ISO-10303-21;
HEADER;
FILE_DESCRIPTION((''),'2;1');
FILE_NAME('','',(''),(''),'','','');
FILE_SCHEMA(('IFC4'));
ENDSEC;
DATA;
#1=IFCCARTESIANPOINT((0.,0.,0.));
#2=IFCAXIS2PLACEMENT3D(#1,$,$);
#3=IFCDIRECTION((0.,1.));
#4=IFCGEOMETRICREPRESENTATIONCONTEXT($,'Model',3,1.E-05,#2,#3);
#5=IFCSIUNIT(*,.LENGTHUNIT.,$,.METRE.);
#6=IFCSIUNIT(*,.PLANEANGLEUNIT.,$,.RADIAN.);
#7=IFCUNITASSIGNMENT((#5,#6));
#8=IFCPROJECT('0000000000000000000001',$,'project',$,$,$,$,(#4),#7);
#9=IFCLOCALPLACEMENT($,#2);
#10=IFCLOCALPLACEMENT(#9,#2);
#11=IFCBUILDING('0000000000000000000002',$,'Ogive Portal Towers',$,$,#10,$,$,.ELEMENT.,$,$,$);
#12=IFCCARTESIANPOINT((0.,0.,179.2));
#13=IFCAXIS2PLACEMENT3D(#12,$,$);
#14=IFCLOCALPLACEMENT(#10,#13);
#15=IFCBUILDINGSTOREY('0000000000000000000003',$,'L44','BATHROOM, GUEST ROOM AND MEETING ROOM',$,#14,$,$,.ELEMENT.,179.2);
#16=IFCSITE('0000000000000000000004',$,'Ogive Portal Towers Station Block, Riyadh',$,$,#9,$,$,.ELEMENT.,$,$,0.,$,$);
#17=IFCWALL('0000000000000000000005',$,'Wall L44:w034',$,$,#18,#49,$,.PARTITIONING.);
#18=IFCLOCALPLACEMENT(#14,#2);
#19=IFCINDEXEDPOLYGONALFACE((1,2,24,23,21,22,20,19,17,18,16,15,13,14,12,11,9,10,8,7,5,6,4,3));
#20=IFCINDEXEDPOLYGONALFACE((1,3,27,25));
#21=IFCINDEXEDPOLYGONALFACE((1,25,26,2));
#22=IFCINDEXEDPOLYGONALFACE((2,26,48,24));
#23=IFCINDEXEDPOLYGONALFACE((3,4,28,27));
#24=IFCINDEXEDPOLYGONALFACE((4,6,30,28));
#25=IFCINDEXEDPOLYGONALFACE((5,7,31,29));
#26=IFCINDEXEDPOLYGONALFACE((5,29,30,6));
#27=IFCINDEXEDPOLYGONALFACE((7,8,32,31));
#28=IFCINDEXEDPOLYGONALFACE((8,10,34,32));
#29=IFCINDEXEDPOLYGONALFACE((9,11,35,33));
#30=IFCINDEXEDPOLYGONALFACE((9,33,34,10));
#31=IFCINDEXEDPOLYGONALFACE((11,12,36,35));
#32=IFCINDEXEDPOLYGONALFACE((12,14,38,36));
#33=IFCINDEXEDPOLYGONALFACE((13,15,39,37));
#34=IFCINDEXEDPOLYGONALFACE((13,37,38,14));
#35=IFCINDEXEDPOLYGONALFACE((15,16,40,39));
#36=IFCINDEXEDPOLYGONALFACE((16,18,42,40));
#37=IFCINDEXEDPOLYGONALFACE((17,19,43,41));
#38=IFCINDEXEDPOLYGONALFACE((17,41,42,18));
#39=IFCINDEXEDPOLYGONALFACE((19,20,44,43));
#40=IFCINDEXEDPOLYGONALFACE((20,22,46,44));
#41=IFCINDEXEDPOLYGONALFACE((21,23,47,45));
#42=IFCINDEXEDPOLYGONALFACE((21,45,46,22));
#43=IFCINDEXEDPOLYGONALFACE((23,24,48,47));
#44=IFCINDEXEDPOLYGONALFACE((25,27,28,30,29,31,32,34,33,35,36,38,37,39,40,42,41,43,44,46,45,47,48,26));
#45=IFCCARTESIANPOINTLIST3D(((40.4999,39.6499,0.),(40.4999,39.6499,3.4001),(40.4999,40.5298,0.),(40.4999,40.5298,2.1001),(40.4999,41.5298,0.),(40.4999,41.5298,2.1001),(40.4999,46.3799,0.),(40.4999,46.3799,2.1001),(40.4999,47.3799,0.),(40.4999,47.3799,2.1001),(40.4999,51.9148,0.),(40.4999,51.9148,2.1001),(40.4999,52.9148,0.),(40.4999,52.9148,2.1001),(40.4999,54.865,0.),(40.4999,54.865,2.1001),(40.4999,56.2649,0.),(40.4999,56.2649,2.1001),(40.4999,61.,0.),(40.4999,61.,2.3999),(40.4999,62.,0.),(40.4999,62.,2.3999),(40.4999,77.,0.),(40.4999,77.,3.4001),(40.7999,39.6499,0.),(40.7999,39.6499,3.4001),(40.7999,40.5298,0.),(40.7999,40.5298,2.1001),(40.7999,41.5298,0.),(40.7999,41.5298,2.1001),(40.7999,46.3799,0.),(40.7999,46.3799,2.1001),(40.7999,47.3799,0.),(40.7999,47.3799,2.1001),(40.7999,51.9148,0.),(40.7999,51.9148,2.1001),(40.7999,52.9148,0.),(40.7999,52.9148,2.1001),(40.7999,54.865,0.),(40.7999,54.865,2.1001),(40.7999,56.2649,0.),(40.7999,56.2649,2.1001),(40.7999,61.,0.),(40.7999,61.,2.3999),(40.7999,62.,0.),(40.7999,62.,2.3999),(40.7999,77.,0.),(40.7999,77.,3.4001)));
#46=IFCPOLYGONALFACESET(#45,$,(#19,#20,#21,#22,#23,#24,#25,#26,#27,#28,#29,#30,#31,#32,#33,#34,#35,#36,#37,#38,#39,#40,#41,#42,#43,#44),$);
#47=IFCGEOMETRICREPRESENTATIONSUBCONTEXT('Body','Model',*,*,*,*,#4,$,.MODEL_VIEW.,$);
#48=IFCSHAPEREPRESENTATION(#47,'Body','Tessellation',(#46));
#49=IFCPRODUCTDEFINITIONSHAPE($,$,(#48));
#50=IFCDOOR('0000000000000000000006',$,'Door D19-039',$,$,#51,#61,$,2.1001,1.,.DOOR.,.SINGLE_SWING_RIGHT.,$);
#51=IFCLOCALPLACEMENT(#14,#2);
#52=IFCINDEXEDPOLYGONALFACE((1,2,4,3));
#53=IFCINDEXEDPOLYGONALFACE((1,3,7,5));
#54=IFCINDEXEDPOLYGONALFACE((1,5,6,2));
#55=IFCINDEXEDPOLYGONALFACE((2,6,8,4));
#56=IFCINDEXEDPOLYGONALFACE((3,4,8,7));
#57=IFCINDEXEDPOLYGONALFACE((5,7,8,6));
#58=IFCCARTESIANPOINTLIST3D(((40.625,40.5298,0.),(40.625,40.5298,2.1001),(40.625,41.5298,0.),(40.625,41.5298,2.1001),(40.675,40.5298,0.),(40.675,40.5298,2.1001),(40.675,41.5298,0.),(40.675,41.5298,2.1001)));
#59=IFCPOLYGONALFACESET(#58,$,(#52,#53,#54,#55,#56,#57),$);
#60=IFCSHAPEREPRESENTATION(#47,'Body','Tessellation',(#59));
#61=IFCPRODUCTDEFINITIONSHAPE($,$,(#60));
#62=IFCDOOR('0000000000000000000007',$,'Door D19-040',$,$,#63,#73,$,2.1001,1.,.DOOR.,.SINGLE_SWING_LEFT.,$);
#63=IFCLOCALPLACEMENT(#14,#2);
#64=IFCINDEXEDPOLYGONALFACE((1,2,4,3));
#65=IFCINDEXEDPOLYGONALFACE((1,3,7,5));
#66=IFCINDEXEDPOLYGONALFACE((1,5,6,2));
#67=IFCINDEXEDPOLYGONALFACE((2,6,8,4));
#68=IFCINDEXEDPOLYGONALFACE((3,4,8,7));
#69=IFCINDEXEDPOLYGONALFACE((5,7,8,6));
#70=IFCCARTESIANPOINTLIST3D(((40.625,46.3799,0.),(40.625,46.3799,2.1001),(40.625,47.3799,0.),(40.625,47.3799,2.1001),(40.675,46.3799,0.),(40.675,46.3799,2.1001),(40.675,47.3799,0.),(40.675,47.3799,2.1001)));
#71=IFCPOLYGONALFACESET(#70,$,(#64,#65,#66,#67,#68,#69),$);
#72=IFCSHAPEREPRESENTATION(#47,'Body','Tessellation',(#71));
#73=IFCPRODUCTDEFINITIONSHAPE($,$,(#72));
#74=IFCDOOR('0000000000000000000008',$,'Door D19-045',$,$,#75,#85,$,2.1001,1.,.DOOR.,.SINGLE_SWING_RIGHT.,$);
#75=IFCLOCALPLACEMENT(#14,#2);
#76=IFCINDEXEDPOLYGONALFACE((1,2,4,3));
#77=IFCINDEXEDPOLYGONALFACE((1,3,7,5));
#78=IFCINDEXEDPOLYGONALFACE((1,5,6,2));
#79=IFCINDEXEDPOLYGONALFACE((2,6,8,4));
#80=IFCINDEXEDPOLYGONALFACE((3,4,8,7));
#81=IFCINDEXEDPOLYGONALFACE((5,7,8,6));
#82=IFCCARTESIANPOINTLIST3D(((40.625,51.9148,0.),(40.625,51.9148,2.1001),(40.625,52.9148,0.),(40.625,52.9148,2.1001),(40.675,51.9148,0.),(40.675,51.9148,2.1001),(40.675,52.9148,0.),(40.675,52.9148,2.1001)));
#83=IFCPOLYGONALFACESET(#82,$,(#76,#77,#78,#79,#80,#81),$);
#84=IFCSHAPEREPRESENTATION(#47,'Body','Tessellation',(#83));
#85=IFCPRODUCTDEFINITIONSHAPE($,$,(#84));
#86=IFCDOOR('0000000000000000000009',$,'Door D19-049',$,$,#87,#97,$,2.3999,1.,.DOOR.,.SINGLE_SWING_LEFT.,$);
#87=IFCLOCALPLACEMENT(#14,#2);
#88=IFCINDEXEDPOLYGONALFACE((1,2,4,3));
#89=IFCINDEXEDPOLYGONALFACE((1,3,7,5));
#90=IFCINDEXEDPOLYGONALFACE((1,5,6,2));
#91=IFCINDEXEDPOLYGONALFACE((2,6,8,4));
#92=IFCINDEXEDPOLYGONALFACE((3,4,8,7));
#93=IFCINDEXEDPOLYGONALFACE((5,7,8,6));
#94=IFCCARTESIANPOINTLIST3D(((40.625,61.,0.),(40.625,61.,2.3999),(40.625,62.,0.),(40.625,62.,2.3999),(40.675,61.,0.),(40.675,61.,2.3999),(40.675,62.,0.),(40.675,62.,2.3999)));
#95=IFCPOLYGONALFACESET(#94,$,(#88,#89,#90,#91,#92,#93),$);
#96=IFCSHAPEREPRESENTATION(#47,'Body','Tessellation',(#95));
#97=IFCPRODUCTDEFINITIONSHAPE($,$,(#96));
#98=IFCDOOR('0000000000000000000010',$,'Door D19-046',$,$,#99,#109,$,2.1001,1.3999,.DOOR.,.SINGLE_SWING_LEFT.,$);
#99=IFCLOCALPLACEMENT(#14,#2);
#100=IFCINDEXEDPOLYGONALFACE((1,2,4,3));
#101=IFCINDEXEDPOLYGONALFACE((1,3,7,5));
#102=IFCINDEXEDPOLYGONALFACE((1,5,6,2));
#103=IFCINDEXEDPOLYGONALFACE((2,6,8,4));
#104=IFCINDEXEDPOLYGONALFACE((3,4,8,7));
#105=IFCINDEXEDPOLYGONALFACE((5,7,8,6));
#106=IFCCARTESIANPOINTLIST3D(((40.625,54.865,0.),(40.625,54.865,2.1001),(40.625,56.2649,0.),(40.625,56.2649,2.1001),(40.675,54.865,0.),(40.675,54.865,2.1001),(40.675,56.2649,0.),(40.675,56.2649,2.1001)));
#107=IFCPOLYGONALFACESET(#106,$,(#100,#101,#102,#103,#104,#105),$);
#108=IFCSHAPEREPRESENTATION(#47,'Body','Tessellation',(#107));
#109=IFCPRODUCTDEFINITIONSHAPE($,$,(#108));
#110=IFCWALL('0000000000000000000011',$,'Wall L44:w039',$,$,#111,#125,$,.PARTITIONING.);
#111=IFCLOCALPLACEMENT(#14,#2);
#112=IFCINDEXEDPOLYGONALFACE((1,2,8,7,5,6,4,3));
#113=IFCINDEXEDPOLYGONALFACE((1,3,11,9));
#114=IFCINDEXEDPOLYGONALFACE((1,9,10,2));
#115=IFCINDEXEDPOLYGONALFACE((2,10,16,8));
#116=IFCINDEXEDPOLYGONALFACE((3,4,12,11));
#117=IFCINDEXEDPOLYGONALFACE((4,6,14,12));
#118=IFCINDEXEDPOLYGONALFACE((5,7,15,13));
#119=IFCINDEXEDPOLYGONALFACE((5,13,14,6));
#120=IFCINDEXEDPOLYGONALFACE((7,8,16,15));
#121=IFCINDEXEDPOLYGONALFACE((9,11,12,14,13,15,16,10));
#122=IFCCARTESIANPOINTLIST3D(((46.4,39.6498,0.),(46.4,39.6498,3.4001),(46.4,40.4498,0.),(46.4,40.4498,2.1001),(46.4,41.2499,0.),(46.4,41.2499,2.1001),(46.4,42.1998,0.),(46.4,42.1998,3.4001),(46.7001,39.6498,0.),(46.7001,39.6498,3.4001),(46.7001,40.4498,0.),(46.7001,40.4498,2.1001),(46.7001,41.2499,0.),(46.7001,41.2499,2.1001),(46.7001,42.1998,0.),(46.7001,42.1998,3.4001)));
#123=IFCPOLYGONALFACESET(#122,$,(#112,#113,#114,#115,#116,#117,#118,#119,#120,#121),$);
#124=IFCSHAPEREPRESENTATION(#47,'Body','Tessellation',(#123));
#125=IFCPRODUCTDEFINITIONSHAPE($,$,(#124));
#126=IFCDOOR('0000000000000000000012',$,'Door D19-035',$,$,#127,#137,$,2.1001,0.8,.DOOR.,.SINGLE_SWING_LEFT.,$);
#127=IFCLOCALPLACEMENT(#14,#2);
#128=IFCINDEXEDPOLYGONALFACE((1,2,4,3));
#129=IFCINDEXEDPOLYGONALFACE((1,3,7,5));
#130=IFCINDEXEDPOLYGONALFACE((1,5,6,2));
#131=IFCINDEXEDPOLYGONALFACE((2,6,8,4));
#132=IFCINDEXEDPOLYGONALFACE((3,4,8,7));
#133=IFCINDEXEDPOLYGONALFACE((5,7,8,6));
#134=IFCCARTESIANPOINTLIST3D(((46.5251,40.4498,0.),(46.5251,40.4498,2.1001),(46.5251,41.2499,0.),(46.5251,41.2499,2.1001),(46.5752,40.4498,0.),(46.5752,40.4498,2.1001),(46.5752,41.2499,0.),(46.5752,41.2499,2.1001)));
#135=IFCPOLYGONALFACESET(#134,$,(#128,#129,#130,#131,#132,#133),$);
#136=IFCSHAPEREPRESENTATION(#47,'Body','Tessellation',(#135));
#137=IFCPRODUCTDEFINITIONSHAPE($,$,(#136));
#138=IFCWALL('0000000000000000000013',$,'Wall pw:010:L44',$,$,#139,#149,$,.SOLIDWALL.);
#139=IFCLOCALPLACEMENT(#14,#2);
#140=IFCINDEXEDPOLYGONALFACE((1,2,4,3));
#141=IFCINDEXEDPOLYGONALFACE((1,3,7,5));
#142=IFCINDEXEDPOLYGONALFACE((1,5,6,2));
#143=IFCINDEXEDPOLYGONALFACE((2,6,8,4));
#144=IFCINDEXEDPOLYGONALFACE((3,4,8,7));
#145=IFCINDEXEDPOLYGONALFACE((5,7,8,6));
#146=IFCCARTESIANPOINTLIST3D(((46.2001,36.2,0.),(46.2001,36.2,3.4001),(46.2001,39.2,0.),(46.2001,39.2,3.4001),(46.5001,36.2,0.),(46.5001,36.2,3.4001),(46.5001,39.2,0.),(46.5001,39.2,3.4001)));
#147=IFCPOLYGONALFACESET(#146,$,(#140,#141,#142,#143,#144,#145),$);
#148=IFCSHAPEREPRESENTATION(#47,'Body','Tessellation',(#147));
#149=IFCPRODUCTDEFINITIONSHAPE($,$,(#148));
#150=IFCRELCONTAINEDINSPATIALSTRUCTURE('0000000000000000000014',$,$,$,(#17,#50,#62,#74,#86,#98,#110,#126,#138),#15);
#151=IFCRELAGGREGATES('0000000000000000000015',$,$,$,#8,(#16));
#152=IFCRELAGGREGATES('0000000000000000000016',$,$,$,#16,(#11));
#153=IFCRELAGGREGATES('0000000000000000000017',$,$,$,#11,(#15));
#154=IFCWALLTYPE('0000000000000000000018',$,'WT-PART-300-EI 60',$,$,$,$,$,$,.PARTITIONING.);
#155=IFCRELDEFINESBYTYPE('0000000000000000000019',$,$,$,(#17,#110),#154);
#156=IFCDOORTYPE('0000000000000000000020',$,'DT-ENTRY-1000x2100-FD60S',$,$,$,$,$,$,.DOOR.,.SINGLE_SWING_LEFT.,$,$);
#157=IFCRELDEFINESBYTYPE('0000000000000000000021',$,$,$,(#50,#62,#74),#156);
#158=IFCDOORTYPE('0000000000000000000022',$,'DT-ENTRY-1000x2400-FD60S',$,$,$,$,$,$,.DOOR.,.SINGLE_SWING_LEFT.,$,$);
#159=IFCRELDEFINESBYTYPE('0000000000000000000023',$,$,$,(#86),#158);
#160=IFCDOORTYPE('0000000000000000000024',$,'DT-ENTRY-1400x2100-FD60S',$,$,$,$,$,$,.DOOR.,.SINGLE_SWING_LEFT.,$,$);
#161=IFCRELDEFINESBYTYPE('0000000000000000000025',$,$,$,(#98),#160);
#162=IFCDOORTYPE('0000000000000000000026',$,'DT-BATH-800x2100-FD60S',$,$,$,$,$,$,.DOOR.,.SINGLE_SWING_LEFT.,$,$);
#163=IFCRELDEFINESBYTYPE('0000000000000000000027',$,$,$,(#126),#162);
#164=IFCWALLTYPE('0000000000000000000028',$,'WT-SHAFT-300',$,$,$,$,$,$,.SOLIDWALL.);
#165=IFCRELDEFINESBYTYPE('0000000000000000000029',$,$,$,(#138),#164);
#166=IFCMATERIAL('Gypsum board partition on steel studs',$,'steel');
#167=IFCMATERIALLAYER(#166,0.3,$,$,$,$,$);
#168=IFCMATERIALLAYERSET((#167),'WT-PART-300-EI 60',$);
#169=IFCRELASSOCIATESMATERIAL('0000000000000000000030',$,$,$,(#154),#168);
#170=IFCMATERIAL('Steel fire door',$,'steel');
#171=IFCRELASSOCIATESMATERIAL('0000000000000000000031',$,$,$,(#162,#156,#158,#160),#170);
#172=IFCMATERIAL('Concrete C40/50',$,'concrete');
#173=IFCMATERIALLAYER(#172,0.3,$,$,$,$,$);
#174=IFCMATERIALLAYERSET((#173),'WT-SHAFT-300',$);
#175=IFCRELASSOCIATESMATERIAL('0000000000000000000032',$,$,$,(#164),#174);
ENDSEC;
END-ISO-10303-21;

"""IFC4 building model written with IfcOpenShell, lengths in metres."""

from ifc_helpers import new_model, si_unit, direction, frame, frame_2d, origin, place, context, subcontext, project, spatial, rectangle, extrude, material, layer, layer_set, type_object, element, fill, save


model = new_model("IFC4")

# Units and contexts
model_context = context("Model", 3, precision=1e-05, world=origin(), true_north=direction((0.0, 1.0)))
body_context = subcontext(model_context, "Body", "Model", "MODEL_VIEW")
ifc_project = project(units=[si_unit("LENGTHUNIT", "METRE"), si_unit("PLANEANGLEUNIT", "RADIAN")], contexts=[model_context])

# Site, building, storey
site_placement = place(None, origin())
site = spatial("IfcSite", under=ifc_project, at=site_placement, Name="Ogive Portal Towers Station Block, Riyadh", CompositionType="ELEMENT", RefElevation=0.0)
building_placement = place(site_placement, origin())
building = spatial("IfcBuilding", under=site, at=building_placement, Name="Ogive Portal Towers", CompositionType="ELEMENT")
storey_placement = place(building_placement, frame((0.0, 0.0, 179.2)))
storey = spatial("IfcBuildingStorey", under=building, at=storey_placement, Name="L44", Description="BATHROOM, GUEST ROOM AND MEETING ROOM", CompositionType="ELEMENT", Elevation=179.2)

# Shared definitions
ifc_material_1 = material(Name="Gypsum board partition on steel studs", Category="steel")
ifc_layer_1 = layer(ifc_material_1, 0.3)
ifc_layer_set_1 = layer_set([ifc_layer_1], Name="WT-PART-300-EI 60")
wall_type_1 = type_object("IfcWallType", Name="WT-PART-300-EI 60", PredefinedType="PARTITIONING", material=ifc_layer_set_1)

# Shared definitions
ifc_material_2 = material(Name="Steel fire door", Category="steel")
door_type_1 = type_object("IfcDoorType", Name="DT-BATH-800x2100-FD60S", OperationType="SINGLE_SWING_LEFT", PredefinedType="DOOR", material=ifc_material_2)

# Wall, openings, doors
wall_1_placement = place(storey_placement, frame((40.6499, 39.6499, 0.0), z_axis=(0.0, 0.0, 1.0), x_axis=(0.0, 1.0, 0.0)))
wall_1 = element("IfcWall", 1, at=wall_1_placement, inside=storey, type_object=wall_type_1, Name="Wall L44:w034", PredefinedType="PARTITIONING", context=body_context, shape_type="SweptSolid", body=[
    extrude(rectangle(XDim=37.3501, YDim=0.3, at=frame_2d((18.675, 0.0))), origin(), (0.0, 0.0, 1.0), 3.4001),
])
opening_1_placement = place(wall_1_placement, frame((0.8799, 0.0, 0.0)))
opening_1 = element("IfcOpeningElement", 2, at=opening_1_placement, cuts=wall_1, PredefinedType="OPENING", context=body_context, shape_type="SweptSolid", body=[
    extrude(rectangle(XDim=1.0, YDim=2.1001, at=frame_2d((0.5, 1.05))), frame((0.0, 0.1602, 0.0), z_axis=(0.0, -1.0, 0.0), x_axis=(1.0, 0.0, 0.0)), (0.0, 0.0, 1.0), 0.3201),
])
opening_2_placement = place(wall_1_placement, frame((6.73, 0.0, 0.0)))
opening_2 = element("IfcOpeningElement", 3, at=opening_2_placement, cuts=wall_1, PredefinedType="OPENING", context=body_context, shape_type="SweptSolid", body=[
    extrude(rectangle(XDim=1.0, YDim=2.1001, at=frame_2d((0.5, 1.05))), frame((0.0, 0.1602, 0.0), z_axis=(0.0, -1.0, 0.0), x_axis=(1.0, 0.0, 0.0)), (0.0, 0.0, 1.0), 0.3201),
])
opening_3_placement = place(wall_1_placement, frame((12.2649, 0.0, 0.0)))
opening_3 = element("IfcOpeningElement", 4, at=opening_3_placement, cuts=wall_1, PredefinedType="OPENING", context=body_context, shape_type="SweptSolid", body=[
    extrude(rectangle(XDim=1.0, YDim=2.1001, at=frame_2d((0.5, 1.05))), frame((0.0, 0.1602, 0.0), z_axis=(0.0, -1.0, 0.0), x_axis=(1.0, 0.0, 0.0)), (0.0, 0.0, 1.0), 0.3201),
])
opening_4_placement = place(wall_1_placement, frame((15.2151, 0.0, 0.0)))
opening_4 = element("IfcOpeningElement", 5, at=opening_4_placement, cuts=wall_1, PredefinedType="OPENING", context=body_context, shape_type="SweptSolid", body=[
    extrude(rectangle(XDim=1.3999, YDim=2.1001, at=frame_2d((0.7, 1.05))), frame((0.0, 0.1602, 0.0), z_axis=(0.0, -1.0, 0.0), x_axis=(1.0, 0.0, 0.0)), (0.0, 0.0, 1.0), 0.3201),
])
opening_5_placement = place(wall_1_placement, frame((21.3501, 0.0, 0.0)))
opening_5 = element("IfcOpeningElement", 6, at=opening_5_placement, cuts=wall_1, PredefinedType="OPENING", context=body_context, shape_type="SweptSolid", body=[
    extrude(rectangle(XDim=1.0, YDim=2.3999, at=frame_2d((0.5, 1.2))), frame((0.0, 0.1602, 0.0), z_axis=(0.0, -1.0, 0.0), x_axis=(1.0, 0.0, 0.0)), (0.0, 0.0, 1.0), 0.3201),
])
door_type_2 = type_object("IfcDoorType", Name="DT-ENTRY-1000x2100-FD60S", OperationType="SINGLE_SWING_LEFT", PredefinedType="DOOR", material=ifc_material_2)
door_1_placement = place(opening_1_placement, origin())
door_1 = element("IfcDoor", 7, at=door_1_placement, inside=storey, type_object=door_type_2, Name="Door D19-039", OperationType="SINGLE_SWING_RIGHT", OverallHeight=2.1001, OverallWidth=1.0, PredefinedType="DOOR", context=body_context, shape_type="SweptSolid", body=[
    extrude(rectangle(XDim=1.0, YDim=2.1001, at=frame_2d((0.5, 1.05))), frame((0.0, 0.0249, 0.0), z_axis=(0.0, -1.0, 0.0), x_axis=(1.0, 0.0, 0.0)), (0.0, 0.0, 1.0), 0.05),
])
fill(opening_1, door_1)
door_2_placement = place(opening_2_placement, origin())
door_2 = element("IfcDoor", 8, at=door_2_placement, inside=storey, type_object=door_type_2, Name="Door D19-040", OperationType="SINGLE_SWING_LEFT", OverallHeight=2.1001, OverallWidth=1.0, PredefinedType="DOOR", context=body_context, shape_type="SweptSolid", body=[
    extrude(rectangle(XDim=1.0, YDim=2.1001, at=frame_2d((0.5, 1.05))), frame((0.0, 0.0249, 0.0), z_axis=(0.0, -1.0, 0.0), x_axis=(1.0, 0.0, 0.0)), (0.0, 0.0, 1.0), 0.05),
])
fill(opening_2, door_2)
door_3_placement = place(opening_3_placement, origin())
door_3 = element("IfcDoor", 9, at=door_3_placement, inside=storey, type_object=door_type_2, Name="Door D19-045", OperationType="SINGLE_SWING_RIGHT", OverallHeight=2.1001, OverallWidth=1.0, PredefinedType="DOOR", context=body_context, shape_type="SweptSolid", body=[
    extrude(rectangle(XDim=1.0, YDim=2.1001, at=frame_2d((0.5, 1.05))), frame((0.0, 0.0249, 0.0), z_axis=(0.0, -1.0, 0.0), x_axis=(1.0, 0.0, 0.0)), (0.0, 0.0, 1.0), 0.05),
])
fill(opening_3, door_3)
door_type_3 = type_object("IfcDoorType", Name="DT-ENTRY-1000x2400-FD60S", OperationType="SINGLE_SWING_LEFT", PredefinedType="DOOR", material=ifc_material_2)
door_4_placement = place(opening_5_placement, origin())
door_4 = element("IfcDoor", 10, at=door_4_placement, inside=storey, type_object=door_type_3, Name="Door D19-049", OperationType="SINGLE_SWING_LEFT", OverallHeight=2.3999, OverallWidth=1.0, PredefinedType="DOOR", context=body_context, shape_type="SweptSolid", body=[
    extrude(rectangle(XDim=1.0, YDim=2.3999, at=frame_2d((0.5, 1.2))), frame((0.0, 0.0249, 0.0), z_axis=(0.0, -1.0, 0.0), x_axis=(1.0, 0.0, 0.0)), (0.0, 0.0, 1.0), 0.05),
])
fill(opening_5, door_4)
door_type_4 = type_object("IfcDoorType", Name="DT-ENTRY-1400x2100-FD60S", OperationType="SINGLE_SWING_LEFT", PredefinedType="DOOR", material=ifc_material_2)
door_5_placement = place(opening_4_placement, origin())
door_5 = element("IfcDoor", 11, at=door_5_placement, inside=storey, type_object=door_type_4, Name="Door D19-046", OperationType="SINGLE_SWING_LEFT", OverallHeight=2.1001, OverallWidth=1.3999, PredefinedType="DOOR", context=body_context, shape_type="SweptSolid", body=[
    extrude(rectangle(XDim=1.3999, YDim=2.1001, at=frame_2d((0.7, 1.05))), frame((0.0, 0.0249, 0.0), z_axis=(0.0, -1.0, 0.0), x_axis=(1.0, 0.0, 0.0)), (0.0, 0.0, 1.0), 0.05),
])
fill(opening_4, door_5)

# Wall, opening, door
wall_2_placement = place(storey_placement, frame((46.55, 39.6499, 0.0), z_axis=(0.0, 0.0, 1.0), x_axis=(0.0, 1.0, 0.0)))
wall_2 = element("IfcWall", 12, at=wall_2_placement, inside=storey, type_object=wall_type_1, Name="Wall L44:w039", PredefinedType="PARTITIONING", context=body_context, shape_type="SweptSolid", body=[
    extrude(rectangle(XDim=2.55, YDim=0.3, at=frame_2d((1.2749, 0.0))), origin(), (0.0, 0.0, 1.0), 3.4001),
])
opening_6_placement = place(wall_2_placement, frame((0.8, 0.0, 0.0)))
opening_6 = element("IfcOpeningElement", 13, at=opening_6_placement, cuts=wall_2, PredefinedType="OPENING", context=body_context, shape_type="SweptSolid", body=[
    extrude(rectangle(XDim=0.8, YDim=2.1001, at=frame_2d((0.3999, 1.05))), frame((0.0, 0.1602, 0.0), z_axis=(0.0, -1.0, 0.0), x_axis=(1.0, 0.0, 0.0)), (0.0, 0.0, 1.0), 0.3201),
])
door_6_placement = place(opening_6_placement, origin())
door_6 = element("IfcDoor", 14, at=door_6_placement, inside=storey, type_object=door_type_1, Name="Door D19-035", OperationType="SINGLE_SWING_LEFT", OverallHeight=2.1001, OverallWidth=0.8, PredefinedType="DOOR", context=body_context, shape_type="SweptSolid", body=[
    extrude(rectangle(XDim=0.8, YDim=2.1001, at=frame_2d((0.3999, 1.05))), frame((0.0, 0.0249, 0.0), z_axis=(0.0, -1.0, 0.0), x_axis=(1.0, 0.0, 0.0)), (0.0, 0.0, 1.0), 0.05),
])
fill(opening_6, door_6)

# Wall
ifc_material_3 = material(Name="Concrete C40/50", Category="concrete")
ifc_layer_2 = layer(ifc_material_3, 0.3)
ifc_layer_set_2 = layer_set([ifc_layer_2], Name="WT-SHAFT-300")
wall_type_2 = type_object("IfcWallType", Name="WT-SHAFT-300", PredefinedType="SOLIDWALL", material=ifc_layer_set_2)
wall_3_placement = place(storey_placement, frame((46.3501, 36.2, 0.0), z_axis=(0.0, 0.0, 1.0), x_axis=(0.0, 1.0, 0.0)))
element("IfcWall", 15, at=wall_3_placement, inside=storey, type_object=wall_type_2, Name="Wall pw:010:L44", PredefinedType="SOLIDWALL", context=body_context, shape_type="SweptSolid", body=[
    extrude(rectangle(XDim=3.0, YDim=0.3, at=frame_2d((1.5, 0.0))), origin(), (0.0, 0.0, 1.0), 3.4001),
])

save(model, "model.ifc")
